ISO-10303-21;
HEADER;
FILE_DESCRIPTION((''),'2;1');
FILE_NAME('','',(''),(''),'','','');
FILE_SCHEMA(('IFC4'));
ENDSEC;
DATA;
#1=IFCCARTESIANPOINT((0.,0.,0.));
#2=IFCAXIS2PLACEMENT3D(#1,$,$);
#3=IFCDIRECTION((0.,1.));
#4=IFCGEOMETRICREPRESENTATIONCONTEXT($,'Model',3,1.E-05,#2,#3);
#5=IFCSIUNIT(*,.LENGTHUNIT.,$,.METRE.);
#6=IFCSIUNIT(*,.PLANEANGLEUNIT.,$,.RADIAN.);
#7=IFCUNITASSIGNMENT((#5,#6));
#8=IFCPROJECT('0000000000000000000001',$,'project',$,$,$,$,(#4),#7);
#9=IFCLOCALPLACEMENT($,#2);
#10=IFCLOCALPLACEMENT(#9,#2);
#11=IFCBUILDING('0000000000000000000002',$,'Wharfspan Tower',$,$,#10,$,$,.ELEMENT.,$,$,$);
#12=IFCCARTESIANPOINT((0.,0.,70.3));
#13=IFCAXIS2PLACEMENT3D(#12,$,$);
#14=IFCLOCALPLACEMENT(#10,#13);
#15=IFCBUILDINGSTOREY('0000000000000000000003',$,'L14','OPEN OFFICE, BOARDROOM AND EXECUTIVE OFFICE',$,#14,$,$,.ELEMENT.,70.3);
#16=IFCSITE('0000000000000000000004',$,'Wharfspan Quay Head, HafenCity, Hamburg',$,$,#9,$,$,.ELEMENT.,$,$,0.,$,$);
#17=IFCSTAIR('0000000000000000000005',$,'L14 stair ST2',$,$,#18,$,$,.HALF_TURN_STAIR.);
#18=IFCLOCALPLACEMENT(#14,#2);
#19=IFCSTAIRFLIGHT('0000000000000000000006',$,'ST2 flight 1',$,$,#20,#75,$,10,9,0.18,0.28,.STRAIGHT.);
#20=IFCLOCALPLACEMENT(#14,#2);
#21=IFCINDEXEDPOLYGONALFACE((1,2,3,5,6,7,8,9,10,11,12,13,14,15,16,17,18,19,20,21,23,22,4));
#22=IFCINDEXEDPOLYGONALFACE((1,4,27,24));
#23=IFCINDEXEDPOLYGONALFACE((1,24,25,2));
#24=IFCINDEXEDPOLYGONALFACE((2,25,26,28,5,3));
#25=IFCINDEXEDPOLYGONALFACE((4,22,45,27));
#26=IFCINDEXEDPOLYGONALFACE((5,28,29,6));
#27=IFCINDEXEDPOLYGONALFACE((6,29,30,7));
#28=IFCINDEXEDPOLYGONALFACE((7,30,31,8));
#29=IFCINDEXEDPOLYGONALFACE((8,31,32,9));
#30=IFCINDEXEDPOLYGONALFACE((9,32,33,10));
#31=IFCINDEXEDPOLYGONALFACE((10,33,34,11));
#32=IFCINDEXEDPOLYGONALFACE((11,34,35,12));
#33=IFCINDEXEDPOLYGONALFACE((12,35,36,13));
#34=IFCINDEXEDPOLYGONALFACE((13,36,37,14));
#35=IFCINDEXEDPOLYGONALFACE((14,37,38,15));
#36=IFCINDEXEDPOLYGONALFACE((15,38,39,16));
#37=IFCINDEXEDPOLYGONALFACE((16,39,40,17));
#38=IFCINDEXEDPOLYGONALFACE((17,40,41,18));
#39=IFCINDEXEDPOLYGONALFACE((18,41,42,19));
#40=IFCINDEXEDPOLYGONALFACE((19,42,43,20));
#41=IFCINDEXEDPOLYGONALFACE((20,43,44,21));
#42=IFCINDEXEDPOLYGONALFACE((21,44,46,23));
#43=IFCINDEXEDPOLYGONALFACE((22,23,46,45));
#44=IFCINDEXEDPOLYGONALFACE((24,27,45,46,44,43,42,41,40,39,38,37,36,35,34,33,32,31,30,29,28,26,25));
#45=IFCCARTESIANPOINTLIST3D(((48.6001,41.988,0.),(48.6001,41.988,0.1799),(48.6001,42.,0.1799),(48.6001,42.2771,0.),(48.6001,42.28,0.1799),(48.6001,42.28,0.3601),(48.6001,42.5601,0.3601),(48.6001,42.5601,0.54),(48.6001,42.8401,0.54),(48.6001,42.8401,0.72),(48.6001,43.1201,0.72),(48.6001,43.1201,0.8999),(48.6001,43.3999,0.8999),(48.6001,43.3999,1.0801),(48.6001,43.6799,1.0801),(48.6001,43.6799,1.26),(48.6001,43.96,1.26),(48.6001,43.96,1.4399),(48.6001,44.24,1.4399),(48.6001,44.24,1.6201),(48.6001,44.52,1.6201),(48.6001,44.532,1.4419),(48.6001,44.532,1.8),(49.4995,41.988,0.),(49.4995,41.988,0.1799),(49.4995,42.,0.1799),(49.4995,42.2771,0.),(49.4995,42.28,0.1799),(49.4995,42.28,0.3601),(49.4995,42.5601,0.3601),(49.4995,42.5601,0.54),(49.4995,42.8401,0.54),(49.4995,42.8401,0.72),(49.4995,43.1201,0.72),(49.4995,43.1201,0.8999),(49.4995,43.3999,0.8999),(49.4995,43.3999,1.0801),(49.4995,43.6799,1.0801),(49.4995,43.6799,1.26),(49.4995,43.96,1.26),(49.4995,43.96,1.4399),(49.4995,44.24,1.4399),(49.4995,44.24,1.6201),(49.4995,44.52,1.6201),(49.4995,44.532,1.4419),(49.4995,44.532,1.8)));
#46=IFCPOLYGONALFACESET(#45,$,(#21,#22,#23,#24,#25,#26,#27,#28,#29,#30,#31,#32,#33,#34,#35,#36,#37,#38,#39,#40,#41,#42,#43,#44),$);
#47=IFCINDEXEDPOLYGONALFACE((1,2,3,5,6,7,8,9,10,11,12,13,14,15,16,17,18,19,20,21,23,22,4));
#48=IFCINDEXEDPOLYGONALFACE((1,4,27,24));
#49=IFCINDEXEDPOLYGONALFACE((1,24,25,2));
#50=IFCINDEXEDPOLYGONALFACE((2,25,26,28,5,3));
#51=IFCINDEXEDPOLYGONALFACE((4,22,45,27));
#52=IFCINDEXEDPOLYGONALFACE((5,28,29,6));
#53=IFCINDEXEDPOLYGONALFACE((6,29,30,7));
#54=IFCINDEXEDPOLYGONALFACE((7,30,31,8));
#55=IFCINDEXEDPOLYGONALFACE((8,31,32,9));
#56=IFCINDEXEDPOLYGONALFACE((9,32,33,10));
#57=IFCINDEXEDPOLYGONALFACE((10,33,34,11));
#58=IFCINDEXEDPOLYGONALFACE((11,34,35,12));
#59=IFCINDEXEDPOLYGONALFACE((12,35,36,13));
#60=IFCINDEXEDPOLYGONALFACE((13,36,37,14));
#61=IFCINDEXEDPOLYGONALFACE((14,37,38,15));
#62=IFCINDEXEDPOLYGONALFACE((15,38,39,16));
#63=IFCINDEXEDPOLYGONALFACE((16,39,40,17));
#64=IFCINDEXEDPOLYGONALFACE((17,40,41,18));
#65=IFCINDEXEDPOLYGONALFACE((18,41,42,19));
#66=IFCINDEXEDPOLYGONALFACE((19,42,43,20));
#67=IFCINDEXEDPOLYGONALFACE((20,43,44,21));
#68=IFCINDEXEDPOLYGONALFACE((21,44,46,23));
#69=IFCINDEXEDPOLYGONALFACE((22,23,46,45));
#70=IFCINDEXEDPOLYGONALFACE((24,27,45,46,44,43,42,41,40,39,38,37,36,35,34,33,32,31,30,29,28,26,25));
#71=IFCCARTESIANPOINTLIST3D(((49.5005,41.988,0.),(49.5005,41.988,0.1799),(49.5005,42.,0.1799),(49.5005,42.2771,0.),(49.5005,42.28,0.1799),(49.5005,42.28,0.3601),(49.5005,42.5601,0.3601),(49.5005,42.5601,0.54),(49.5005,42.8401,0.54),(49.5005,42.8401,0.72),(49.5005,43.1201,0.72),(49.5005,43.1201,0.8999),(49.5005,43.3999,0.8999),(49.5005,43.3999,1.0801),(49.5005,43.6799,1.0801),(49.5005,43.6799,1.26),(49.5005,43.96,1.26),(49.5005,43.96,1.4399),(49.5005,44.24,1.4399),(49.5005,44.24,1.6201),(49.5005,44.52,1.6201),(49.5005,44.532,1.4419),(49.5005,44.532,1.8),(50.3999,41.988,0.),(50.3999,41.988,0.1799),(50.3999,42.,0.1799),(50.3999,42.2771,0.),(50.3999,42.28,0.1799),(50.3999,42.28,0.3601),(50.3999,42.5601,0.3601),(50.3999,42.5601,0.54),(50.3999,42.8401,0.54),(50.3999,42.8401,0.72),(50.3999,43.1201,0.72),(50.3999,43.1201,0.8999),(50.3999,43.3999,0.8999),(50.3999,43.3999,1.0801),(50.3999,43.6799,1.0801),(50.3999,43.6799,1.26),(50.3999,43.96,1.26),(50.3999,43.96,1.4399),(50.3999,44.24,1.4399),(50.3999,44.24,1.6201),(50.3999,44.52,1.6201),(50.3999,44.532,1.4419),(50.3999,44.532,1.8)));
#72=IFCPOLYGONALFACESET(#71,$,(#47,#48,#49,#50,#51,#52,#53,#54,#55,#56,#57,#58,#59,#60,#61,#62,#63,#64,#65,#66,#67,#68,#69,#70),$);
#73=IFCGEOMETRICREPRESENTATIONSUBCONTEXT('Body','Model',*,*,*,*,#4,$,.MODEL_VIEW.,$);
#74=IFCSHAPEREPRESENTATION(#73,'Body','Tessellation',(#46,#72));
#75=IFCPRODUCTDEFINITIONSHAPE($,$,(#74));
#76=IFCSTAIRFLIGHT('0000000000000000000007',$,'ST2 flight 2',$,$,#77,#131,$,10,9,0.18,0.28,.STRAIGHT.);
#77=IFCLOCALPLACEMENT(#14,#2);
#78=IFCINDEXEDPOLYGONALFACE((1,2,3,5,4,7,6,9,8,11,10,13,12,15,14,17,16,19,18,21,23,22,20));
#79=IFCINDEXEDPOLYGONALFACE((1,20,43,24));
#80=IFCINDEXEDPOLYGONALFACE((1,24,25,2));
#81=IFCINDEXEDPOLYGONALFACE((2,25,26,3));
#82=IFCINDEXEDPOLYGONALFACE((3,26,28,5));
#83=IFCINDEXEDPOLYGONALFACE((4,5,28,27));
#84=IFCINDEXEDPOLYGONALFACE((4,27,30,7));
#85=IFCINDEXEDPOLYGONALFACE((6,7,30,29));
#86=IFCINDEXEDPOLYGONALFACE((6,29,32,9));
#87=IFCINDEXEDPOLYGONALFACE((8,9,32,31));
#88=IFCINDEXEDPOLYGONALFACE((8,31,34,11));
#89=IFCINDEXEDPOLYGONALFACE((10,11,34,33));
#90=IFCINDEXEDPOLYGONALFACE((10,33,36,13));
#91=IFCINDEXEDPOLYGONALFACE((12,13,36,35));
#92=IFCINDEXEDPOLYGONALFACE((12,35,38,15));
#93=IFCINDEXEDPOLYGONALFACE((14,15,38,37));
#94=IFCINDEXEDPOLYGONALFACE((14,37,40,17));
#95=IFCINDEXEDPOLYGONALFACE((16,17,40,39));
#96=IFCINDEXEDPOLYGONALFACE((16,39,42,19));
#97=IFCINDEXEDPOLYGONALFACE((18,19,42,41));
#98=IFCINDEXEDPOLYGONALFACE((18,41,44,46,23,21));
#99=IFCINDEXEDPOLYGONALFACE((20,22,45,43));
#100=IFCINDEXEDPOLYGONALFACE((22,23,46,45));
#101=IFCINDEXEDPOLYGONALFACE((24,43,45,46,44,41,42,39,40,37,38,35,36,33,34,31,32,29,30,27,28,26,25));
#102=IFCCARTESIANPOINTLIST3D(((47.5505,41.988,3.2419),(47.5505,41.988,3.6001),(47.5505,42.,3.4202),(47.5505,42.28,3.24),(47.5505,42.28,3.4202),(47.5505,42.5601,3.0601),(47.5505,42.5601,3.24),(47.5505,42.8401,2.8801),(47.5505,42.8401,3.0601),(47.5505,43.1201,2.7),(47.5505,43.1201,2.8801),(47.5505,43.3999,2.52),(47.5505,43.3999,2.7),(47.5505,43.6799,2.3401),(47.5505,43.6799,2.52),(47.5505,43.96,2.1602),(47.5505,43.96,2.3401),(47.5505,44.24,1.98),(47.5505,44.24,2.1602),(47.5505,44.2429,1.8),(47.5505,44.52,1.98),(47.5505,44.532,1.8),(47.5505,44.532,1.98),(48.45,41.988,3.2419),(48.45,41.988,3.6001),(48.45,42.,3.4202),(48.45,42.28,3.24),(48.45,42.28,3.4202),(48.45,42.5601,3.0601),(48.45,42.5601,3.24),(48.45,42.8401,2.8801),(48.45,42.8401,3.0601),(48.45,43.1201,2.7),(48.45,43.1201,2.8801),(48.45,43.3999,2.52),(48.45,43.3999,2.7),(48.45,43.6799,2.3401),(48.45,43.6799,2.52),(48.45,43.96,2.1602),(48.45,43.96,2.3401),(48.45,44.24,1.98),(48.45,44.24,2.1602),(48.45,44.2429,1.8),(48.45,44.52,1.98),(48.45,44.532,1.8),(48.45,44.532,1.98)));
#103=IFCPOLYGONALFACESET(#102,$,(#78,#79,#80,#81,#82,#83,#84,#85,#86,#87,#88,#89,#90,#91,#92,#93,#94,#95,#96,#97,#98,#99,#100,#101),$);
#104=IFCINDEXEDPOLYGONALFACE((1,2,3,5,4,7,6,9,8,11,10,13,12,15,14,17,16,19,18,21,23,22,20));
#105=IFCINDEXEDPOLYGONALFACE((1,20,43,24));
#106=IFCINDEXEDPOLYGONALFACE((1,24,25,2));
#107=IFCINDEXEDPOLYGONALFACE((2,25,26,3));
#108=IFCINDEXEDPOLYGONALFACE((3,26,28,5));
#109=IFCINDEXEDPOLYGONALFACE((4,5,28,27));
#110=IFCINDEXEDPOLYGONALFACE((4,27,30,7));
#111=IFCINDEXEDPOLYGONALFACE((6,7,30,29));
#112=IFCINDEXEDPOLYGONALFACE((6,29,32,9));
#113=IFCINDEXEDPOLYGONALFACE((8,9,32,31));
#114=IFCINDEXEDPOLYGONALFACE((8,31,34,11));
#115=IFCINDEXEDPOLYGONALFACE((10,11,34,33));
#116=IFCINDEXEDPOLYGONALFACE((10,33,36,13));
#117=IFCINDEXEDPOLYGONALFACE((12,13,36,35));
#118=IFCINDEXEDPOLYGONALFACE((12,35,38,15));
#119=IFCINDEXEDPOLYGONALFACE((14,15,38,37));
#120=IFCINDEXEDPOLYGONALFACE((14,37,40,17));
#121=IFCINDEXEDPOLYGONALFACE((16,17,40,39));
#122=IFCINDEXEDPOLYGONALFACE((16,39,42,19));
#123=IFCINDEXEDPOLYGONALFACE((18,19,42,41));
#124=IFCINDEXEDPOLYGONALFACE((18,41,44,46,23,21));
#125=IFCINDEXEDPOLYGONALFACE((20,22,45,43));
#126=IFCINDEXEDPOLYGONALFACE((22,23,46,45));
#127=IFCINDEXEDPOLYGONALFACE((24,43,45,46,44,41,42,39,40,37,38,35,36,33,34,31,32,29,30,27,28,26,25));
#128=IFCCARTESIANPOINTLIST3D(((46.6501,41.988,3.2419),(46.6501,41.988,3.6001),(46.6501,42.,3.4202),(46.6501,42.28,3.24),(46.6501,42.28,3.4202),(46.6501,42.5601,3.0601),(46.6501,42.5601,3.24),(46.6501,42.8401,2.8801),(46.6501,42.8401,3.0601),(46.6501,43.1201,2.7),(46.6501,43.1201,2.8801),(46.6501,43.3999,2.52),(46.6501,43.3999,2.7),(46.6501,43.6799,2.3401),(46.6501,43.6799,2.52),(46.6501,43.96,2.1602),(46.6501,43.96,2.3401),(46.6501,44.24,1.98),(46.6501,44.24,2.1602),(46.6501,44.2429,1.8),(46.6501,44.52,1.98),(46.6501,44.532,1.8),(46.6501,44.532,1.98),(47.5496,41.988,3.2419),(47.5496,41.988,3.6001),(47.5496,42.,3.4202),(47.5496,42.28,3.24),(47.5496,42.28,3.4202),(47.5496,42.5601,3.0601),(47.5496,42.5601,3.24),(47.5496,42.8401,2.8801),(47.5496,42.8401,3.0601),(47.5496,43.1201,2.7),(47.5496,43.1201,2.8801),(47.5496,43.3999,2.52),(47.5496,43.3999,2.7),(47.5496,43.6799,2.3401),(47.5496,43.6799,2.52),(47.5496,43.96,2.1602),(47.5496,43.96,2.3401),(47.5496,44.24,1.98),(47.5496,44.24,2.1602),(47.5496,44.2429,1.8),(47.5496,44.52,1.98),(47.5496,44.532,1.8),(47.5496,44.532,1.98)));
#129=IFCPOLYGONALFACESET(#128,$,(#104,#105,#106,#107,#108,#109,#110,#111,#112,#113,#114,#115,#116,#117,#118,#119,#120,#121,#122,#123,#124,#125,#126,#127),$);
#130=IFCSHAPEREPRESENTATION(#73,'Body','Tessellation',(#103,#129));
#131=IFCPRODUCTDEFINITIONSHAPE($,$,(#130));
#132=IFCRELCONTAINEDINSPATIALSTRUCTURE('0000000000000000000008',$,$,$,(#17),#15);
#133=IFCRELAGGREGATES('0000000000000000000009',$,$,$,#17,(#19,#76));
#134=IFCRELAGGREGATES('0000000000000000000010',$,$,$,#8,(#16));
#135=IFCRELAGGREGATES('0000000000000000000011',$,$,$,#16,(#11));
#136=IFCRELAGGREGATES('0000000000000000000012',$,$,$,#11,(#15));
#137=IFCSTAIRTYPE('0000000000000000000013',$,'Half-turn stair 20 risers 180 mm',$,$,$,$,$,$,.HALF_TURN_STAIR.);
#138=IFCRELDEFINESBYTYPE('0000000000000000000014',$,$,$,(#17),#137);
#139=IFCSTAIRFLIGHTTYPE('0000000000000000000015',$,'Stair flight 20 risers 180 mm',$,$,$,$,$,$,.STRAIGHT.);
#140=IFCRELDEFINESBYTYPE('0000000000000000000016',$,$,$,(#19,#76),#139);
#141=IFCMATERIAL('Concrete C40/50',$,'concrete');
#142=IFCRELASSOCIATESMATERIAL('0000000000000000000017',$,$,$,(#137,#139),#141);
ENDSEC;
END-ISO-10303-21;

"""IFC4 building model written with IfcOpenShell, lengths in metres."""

from ifc_helpers import new_model, si_unit, direction, frame, origin, place, context, subcontext, project, spatial, polyline, outline, extrude, material, type_object, element, aggregate, save


model = new_model("IFC4")

# Units and contexts
model_context = context("Model", 3, precision=1e-05, world=origin(), true_north=direction((0.0, 1.0)))
body_context = subcontext(model_context, "Body", "Model", "MODEL_VIEW")
ifc_project = project(units=[si_unit("LENGTHUNIT", "METRE"), si_unit("PLANEANGLEUNIT", "RADIAN")], contexts=[model_context])

# Site, building, storey
site_placement = place(None, origin())
site = spatial("IfcSite", under=ifc_project, at=site_placement, Name="Wharfspan Quay Head, HafenCity, Hamburg", CompositionType="ELEMENT", RefElevation=0.0)
building_placement = place(site_placement, origin())
building = spatial("IfcBuilding", under=site, at=building_placement, Name="Wharfspan Tower", CompositionType="ELEMENT")
storey_placement = place(building_placement, frame((0.0, 0.0, 70.3)))
storey = spatial("IfcBuildingStorey", under=building, at=storey_placement, Name="L14", Description="OPEN OFFICE, BOARDROOM AND EXECUTIVE OFFICE", CompositionType="ELEMENT", Elevation=70.3)

# Shared definitions
ifc_material_1 = material(Name="Concrete C40/50", Category="concrete")

# Stair, stair flights
stair_type = type_object("IfcStairType", Name="Half-turn stair 20 risers 180 mm", PredefinedType="HALF_TURN_STAIR", material=ifc_material_1)
stair_placement = place(storey_placement, origin())
stair = element("IfcStair", 1, at=stair_placement, inside=storey, type_object=stair_type, Name="L14 stair ST2", PredefinedType="HALF_TURN_STAIR")
stair_flight_type = type_object("IfcStairFlightType", Name="Stair flight 20 risers 180 mm", PredefinedType="STRAIGHT", material=ifc_material_1)
stair_flight_1_placement = place(storey_placement, frame((49.5, 42.0, 0.0), z_axis=(0.0, 0.0, 1.0), x_axis=(0.0, 1.0, 0.0)))
stair_flight_1 = element("IfcStairFlight", 2, at=stair_flight_1_placement, type_object=stair_flight_type, Name="ST2 flight 1", NumberOfRisers=10, NumberOfTreads=9, PredefinedType="STRAIGHT", RiserHeight=0.18, TreadLength=0.28, context=body_context, shape_type="SweptSolid", body=[
    extrude(outline(polyline([(-0.012, 0.0), (-0.012, 0.1799), (0.0, 0.1799), (0.28, 0.1799), (0.28, 0.3601), (0.5601, 0.3601), (0.5601, 0.54), (0.8401, 0.54), (0.8401, 0.72), (1.1201, 0.72), (1.1201, 0.8999), (1.3999, 0.8999), (1.3999, 1.0801), (1.6799, 1.0801), (1.6799, 1.26), (1.96, 1.26), (1.96, 1.4399), (2.24, 1.4399), (2.24, 1.6201), (2.52, 1.6201), (2.532, 1.8), (2.532, 1.4419), (0.2771, 0.0), (-0.012, 0.0)])), frame((0.0, 0.8999, 0.0), z_axis=(0.0, -1.0, 0.0), x_axis=(1.0, 0.0, 0.0)), (0.0, 0.0, 1.0), 0.8994),
    extrude(outline(polyline([(-0.012, 0.0), (-0.012, 0.1799), (0.0, 0.1799), (0.28, 0.1799), (0.28, 0.3601), (0.5601, 0.3601), (0.5601, 0.54), (0.8401, 0.54), (0.8401, 0.72), (1.1201, 0.72), (1.1201, 0.8999), (1.3999, 0.8999), (1.3999, 1.0801), (1.6799, 1.0801), (1.6799, 1.26), (1.96, 1.26), (1.96, 1.4399), (2.24, 1.4399), (2.24, 1.6201), (2.52, 1.6201), (2.532, 1.8), (2.532, 1.4419), (0.2771, 0.0), (-0.012, 0.0)])), frame((0.0, -0.0005, 0.0), z_axis=(0.0, -1.0, 0.0), x_axis=(1.0, 0.0, 0.0)), (0.0, 0.0, 1.0), 0.8994),
])
stair_flight_2_placement = place(storey_placement, frame((47.55, 44.52, 1.8), z_axis=(0.0, 0.0, 1.0), x_axis=(0.0, -1.0, 0.0)))
stair_flight_2 = element("IfcStairFlight", 3, at=stair_flight_2_placement, type_object=stair_flight_type, Name="ST2 flight 2", NumberOfRisers=10, NumberOfTreads=9, PredefinedType="STRAIGHT", RiserHeight=0.18, TreadLength=0.28, context=body_context, shape_type="SweptSolid", body=[
    extrude(outline(polyline([(-0.012, 0.0), (-0.012, 0.1799), (0.0, 0.1799), (0.28, 0.1799), (0.28, 0.3601), (0.5601, 0.3601), (0.5601, 0.54), (0.8401, 0.54), (0.8401, 0.72), (1.1201, 0.72), (1.1201, 0.8999), (1.3999, 0.8999), (1.3999, 1.0801), (1.6799, 1.0801), (1.6799, 1.26), (1.96, 1.26), (1.96, 1.4399), (2.24, 1.4399), (2.24, 1.6201), (2.52, 1.6201), (2.532, 1.8), (2.532, 1.4419), (0.2771, 0.0), (-0.012, 0.0)])), frame((0.0, 0.8999, 0.0), z_axis=(0.0, -1.0, 0.0), x_axis=(1.0, 0.0, 0.0)), (0.0, 0.0, 1.0), 0.8994),
    extrude(outline(polyline([(-0.012, 0.0), (-0.012, 0.1799), (0.0, 0.1799), (0.28, 0.1799), (0.28, 0.3601), (0.5601, 0.3601), (0.5601, 0.54), (0.8401, 0.54), (0.8401, 0.72), (1.1201, 0.72), (1.1201, 0.8999), (1.3999, 0.8999), (1.3999, 1.0801), (1.6799, 1.0801), (1.6799, 1.26), (1.96, 1.26), (1.96, 1.4399), (2.24, 1.4399), (2.24, 1.6201), (2.52, 1.6201), (2.532, 1.8), (2.532, 1.4419), (0.2771, 0.0), (-0.012, 0.0)])), frame((0.0, -0.0005, 0.0), z_axis=(0.0, -1.0, 0.0), x_axis=(1.0, 0.0, 0.0)), (0.0, 0.0, 1.0), 0.8994),
])
aggregate(stair, [stair_flight_1, stair_flight_2])

save(model, "model.ifc")
